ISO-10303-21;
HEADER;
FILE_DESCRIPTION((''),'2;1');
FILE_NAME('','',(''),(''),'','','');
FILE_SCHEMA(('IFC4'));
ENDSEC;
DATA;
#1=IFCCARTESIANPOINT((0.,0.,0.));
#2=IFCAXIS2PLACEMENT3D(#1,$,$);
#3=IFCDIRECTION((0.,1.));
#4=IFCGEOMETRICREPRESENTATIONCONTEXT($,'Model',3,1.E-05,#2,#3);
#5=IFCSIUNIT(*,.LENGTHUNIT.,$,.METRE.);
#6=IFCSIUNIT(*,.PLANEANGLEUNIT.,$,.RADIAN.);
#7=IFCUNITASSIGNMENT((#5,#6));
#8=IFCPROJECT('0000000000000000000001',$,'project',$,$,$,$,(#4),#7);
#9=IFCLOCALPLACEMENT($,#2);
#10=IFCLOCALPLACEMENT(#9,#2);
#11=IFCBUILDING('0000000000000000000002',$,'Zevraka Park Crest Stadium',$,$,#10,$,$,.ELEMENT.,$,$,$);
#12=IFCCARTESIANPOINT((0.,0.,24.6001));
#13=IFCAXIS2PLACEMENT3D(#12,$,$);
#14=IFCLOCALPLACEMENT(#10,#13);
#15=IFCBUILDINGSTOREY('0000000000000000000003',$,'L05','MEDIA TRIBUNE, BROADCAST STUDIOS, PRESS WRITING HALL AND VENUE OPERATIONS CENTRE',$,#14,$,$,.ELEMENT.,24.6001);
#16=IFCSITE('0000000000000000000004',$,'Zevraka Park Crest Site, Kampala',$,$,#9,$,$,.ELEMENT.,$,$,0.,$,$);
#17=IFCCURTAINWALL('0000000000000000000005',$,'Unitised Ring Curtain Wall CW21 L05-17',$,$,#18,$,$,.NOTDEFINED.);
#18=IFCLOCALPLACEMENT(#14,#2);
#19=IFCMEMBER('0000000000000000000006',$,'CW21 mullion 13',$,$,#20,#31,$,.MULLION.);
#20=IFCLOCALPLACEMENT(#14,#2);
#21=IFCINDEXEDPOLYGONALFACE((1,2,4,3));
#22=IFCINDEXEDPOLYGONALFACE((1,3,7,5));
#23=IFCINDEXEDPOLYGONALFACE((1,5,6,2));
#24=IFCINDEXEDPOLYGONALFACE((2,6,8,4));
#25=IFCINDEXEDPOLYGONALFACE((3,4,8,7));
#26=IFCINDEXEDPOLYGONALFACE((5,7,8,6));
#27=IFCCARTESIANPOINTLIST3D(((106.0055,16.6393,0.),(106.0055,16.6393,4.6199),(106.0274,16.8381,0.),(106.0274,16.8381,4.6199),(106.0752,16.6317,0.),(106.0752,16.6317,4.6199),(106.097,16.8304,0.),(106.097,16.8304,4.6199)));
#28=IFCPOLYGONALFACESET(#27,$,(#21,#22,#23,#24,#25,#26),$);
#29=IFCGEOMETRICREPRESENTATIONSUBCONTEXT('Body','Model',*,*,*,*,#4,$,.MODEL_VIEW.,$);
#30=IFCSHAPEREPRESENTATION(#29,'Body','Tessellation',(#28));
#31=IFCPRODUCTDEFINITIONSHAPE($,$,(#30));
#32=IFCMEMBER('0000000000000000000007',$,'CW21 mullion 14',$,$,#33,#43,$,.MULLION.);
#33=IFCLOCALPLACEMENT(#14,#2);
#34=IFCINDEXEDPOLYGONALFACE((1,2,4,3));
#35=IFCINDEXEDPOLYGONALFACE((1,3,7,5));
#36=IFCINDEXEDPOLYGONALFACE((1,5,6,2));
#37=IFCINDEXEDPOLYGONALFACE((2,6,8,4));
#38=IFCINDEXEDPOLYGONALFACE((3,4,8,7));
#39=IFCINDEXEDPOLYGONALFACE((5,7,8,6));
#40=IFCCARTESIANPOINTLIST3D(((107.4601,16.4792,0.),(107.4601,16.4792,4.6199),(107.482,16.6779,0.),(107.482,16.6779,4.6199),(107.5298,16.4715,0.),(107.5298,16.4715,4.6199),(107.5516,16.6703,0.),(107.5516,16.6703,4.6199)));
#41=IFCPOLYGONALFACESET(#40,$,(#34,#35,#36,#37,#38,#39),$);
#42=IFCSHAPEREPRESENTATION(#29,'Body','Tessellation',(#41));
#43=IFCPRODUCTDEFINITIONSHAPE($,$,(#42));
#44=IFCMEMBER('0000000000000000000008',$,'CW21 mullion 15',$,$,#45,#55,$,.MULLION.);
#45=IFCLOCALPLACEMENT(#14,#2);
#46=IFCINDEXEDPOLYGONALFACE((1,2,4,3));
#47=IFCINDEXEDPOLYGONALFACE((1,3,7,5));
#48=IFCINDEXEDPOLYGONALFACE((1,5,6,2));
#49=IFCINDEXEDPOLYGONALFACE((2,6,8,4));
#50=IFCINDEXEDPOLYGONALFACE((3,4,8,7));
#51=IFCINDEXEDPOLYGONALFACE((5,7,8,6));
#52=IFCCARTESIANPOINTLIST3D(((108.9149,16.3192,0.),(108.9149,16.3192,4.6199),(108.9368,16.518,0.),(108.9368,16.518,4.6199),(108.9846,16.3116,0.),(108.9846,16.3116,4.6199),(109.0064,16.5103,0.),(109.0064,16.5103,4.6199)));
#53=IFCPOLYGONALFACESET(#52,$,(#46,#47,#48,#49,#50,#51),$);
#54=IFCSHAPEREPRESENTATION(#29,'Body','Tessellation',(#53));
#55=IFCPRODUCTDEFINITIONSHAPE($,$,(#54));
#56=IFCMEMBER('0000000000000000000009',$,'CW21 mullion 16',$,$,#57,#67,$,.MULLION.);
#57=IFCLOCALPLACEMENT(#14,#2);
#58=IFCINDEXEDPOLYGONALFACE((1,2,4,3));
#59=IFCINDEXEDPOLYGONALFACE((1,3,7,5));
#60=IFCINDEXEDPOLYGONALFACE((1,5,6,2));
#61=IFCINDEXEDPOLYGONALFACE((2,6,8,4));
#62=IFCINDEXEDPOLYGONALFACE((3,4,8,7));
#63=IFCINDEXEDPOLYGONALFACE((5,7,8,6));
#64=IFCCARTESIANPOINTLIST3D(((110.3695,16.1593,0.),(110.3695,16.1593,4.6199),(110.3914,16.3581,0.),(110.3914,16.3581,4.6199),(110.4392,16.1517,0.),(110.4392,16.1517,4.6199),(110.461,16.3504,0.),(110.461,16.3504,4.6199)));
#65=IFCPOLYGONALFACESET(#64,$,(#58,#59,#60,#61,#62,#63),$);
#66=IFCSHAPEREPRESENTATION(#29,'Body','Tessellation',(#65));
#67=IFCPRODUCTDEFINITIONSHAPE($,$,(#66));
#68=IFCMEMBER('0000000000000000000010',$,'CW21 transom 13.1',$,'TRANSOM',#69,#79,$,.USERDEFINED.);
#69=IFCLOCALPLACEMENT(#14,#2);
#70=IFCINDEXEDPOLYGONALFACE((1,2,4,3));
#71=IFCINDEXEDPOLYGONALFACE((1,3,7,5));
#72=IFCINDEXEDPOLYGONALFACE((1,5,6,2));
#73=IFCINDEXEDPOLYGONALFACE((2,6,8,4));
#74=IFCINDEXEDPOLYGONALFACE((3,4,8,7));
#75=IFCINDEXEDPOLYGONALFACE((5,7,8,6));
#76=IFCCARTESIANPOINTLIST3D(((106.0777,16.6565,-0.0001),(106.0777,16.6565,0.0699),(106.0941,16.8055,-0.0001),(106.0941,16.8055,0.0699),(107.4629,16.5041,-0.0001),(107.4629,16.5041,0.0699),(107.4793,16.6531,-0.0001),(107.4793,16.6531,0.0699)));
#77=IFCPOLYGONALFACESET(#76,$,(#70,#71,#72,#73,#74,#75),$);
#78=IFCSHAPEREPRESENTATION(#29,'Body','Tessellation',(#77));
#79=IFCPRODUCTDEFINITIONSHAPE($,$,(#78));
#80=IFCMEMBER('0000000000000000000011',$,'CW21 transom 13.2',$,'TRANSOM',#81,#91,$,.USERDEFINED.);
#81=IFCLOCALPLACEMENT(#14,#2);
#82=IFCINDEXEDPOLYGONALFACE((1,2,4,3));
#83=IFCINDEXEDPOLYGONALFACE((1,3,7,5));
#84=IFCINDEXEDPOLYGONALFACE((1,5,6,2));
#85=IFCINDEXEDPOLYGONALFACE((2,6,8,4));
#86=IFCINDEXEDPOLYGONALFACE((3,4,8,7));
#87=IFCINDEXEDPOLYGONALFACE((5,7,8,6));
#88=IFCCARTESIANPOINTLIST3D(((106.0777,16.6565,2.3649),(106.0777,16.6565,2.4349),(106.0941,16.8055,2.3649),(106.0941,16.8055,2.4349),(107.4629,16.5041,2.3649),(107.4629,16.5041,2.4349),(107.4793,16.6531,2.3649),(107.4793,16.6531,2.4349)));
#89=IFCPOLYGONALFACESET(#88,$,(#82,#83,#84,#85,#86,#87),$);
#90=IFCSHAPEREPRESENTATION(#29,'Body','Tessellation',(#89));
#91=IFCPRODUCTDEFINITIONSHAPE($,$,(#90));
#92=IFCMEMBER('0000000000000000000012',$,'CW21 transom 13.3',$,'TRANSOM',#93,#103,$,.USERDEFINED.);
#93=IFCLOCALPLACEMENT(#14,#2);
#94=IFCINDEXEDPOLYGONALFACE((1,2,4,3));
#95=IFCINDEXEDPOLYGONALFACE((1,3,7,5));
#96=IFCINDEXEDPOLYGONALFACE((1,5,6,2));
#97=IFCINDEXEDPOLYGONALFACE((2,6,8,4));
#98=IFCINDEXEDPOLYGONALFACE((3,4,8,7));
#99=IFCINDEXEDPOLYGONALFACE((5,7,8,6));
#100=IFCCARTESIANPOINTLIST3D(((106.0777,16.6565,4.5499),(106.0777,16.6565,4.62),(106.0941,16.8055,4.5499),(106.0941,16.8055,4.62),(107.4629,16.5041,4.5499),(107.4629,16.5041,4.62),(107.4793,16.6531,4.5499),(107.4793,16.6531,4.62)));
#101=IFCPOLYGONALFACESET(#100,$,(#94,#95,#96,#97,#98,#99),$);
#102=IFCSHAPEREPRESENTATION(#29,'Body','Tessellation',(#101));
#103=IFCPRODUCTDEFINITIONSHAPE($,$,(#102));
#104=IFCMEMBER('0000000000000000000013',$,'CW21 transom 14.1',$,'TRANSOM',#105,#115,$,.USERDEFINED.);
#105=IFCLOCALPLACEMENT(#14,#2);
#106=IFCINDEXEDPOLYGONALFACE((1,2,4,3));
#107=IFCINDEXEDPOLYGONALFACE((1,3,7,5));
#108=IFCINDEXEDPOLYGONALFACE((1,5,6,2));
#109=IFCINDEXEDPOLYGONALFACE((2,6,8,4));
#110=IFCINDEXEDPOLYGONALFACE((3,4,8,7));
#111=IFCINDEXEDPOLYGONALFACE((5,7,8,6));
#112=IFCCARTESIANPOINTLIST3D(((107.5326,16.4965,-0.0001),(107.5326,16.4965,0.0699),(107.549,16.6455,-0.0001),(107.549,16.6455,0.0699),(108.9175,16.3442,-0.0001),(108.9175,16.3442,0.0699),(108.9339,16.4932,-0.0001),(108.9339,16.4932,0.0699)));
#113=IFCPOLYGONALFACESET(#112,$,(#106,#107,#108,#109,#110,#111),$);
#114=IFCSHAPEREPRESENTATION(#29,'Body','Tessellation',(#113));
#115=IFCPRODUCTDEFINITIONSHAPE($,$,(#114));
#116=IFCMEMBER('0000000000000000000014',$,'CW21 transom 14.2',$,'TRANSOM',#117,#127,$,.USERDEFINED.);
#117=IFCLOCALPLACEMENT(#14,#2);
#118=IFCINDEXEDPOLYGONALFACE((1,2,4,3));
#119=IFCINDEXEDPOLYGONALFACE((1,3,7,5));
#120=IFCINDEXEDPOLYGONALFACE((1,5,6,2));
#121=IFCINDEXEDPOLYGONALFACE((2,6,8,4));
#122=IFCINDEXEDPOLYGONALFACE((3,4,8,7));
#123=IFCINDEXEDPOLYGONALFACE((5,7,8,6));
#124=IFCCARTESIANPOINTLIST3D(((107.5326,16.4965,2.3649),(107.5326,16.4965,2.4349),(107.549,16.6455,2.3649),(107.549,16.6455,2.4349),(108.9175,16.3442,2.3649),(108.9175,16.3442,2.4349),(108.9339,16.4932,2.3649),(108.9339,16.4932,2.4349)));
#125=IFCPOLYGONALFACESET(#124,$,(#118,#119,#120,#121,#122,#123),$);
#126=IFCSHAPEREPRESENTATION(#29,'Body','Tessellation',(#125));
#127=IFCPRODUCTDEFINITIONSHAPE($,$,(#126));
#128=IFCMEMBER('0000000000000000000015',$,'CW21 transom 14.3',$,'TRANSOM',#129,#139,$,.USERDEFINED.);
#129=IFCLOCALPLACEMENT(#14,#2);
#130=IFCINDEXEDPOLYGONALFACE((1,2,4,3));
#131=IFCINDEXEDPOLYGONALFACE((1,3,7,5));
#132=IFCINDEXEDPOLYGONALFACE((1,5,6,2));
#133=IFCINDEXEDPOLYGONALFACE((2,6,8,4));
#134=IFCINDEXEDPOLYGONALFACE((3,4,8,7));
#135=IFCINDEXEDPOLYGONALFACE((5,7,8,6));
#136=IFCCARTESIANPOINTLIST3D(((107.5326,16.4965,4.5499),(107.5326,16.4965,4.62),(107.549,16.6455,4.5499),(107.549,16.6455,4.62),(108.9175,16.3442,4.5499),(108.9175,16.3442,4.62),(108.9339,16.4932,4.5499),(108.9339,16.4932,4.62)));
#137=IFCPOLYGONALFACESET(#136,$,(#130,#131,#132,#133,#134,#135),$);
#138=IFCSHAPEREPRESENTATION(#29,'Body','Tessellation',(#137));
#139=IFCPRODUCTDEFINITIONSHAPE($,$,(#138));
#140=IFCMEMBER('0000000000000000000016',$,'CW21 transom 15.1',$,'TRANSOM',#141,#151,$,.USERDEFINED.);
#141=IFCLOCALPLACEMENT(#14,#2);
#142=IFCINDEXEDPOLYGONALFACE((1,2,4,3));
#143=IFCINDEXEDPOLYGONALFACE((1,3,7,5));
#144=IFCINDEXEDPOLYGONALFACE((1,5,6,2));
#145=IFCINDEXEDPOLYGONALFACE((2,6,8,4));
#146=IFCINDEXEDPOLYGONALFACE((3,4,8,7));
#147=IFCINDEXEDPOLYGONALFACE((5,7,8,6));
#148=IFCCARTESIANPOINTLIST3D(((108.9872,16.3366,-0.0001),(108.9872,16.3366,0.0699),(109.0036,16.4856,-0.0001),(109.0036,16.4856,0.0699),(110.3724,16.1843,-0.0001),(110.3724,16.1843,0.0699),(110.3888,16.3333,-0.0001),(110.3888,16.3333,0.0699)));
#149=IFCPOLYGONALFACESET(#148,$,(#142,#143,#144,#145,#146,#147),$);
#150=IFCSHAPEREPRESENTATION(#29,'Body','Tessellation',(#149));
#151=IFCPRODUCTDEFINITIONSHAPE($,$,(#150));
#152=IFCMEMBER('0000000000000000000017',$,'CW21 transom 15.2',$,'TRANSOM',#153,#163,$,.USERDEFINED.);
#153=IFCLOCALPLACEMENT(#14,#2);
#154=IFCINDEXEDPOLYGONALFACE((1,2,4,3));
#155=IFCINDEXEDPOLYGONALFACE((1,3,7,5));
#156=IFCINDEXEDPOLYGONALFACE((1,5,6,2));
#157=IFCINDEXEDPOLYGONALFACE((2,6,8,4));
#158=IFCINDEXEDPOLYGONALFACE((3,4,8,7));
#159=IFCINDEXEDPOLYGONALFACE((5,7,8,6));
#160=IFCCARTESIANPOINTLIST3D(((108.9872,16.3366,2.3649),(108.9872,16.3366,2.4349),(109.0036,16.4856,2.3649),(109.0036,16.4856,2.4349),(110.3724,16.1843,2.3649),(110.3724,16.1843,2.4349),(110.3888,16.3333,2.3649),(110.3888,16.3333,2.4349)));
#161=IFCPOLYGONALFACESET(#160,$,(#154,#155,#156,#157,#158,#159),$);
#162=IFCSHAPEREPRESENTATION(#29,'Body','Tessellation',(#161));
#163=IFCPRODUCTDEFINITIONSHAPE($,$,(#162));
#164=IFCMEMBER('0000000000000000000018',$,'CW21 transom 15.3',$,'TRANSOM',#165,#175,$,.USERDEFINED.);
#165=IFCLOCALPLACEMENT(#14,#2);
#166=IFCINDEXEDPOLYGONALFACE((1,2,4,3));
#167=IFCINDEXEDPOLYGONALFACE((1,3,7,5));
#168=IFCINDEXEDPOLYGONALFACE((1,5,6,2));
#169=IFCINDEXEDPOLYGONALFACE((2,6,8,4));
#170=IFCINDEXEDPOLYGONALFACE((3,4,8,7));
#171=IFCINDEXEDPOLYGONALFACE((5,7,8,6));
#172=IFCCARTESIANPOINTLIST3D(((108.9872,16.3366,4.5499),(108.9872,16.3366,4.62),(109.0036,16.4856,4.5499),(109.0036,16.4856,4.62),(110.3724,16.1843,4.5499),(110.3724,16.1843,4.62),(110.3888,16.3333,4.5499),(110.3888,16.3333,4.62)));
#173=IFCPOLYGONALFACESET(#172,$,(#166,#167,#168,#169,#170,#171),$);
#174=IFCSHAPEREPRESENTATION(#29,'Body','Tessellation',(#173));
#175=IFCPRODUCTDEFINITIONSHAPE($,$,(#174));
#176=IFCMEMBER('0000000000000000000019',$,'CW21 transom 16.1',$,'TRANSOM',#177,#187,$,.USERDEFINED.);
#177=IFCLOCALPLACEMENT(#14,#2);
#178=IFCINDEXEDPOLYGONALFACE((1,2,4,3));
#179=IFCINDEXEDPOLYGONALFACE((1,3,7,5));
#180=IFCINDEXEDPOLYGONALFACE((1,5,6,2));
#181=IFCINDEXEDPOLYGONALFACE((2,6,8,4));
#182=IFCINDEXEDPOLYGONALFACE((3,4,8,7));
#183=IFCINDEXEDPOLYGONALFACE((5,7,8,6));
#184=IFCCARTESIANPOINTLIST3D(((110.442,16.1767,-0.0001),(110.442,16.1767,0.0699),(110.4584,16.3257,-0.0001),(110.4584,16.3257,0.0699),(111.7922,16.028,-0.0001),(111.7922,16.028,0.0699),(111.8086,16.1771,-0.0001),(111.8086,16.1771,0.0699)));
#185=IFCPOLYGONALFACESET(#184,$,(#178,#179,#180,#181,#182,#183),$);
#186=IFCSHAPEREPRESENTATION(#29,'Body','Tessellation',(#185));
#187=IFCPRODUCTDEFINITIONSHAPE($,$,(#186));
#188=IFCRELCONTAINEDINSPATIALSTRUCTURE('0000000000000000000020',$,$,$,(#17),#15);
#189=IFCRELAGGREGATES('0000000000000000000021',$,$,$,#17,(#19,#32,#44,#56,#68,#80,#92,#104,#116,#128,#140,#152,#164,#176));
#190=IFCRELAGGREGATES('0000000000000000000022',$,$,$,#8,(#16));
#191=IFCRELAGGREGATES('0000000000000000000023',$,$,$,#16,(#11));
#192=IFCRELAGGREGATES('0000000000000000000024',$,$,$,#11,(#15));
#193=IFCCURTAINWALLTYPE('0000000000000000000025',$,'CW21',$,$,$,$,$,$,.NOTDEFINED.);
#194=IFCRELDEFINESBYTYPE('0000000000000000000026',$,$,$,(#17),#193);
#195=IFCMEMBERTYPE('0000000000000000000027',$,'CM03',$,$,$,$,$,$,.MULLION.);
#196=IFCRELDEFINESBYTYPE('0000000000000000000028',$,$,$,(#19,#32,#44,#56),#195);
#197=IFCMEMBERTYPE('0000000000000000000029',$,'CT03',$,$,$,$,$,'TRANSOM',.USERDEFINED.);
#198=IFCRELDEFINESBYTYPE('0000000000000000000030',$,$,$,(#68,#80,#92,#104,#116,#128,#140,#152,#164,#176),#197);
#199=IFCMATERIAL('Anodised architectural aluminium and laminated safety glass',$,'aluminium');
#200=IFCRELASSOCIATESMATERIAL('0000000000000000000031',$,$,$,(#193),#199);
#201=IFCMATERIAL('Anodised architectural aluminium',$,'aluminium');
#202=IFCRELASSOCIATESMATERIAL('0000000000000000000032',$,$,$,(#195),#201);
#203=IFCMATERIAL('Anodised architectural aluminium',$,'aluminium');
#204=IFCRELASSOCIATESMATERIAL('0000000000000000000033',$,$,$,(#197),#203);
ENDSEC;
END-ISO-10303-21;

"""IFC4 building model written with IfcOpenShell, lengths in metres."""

from ifc_helpers import new_model, si_unit, direction, frame, origin, origin_2d, place, context, subcontext, project, spatial, rectangle, extrude, material, material_profile, profile_set, type_object, element, aggregate, save


model = new_model("IFC4")

# Units and contexts
model_context = context("Model", 3, precision=1e-05, world=origin(), true_north=direction((0.0, 1.0)))
body_context = subcontext(model_context, "Body", "Model", "MODEL_VIEW")
ifc_project = project(units=[si_unit("LENGTHUNIT", "METRE"), si_unit("PLANEANGLEUNIT", "RADIAN")], contexts=[model_context])

# Site, building, storey
site_placement = place(None, origin())
site = spatial("IfcSite", under=ifc_project, at=site_placement, Name="Zevraka Park Crest Site, Kampala", CompositionType="ELEMENT", RefElevation=0.0)
building_placement = place(site_placement, origin())
building = spatial("IfcBuilding", under=site, at=building_placement, Name="Zevraka Park Crest Stadium", CompositionType="ELEMENT")
storey_placement = place(building_placement, frame((0.0, 0.0, 24.6001)))
storey = spatial("IfcBuildingStorey", under=building, at=storey_placement, Name="L05", Description="MEDIA TRIBUNE, BROADCAST STUDIOS, PRESS WRITING HALL AND VENUE OPERATIONS CENTRE", CompositionType="ELEMENT", Elevation=24.6001)

# Curtain wall, members
ifc_material_1 = material(Name="Anodised architectural aluminium and laminated safety glass", Category="aluminium")
curtain_wall_type = type_object("IfcCurtainWallType", Name="CW21", PredefinedType="NOTDEFINED", material=ifc_material_1)
curtain_wall_placement = place(storey_placement, origin())
curtain_wall = element("IfcCurtainWall", 1, at=curtain_wall_placement, inside=storey, type_object=curtain_wall_type, Name="Unitised Ring Curtain Wall CW21 L05-17", PredefinedType="NOTDEFINED")
ifc_material_2 = material(Name="Anodised architectural aluminium", Category="aluminium")
ifc_material_profile_1 = material_profile(ifc_material_2, rectangle(XDim=0.2, YDim=0.0701, at=origin_2d()), Name="ALU MULLION 200x70")
ifc_profile_set_1 = profile_set([ifc_material_profile_1], Name="Anodised architectural aluminium")
member_type_1 = type_object("IfcMemberType", Name="CM03", PredefinedType="MULLION", material=ifc_profile_set_1)
member_1_placement = place(storey_placement, frame((106.0513, 16.7349, 0.0), z_axis=(0.0, 0.0, 1.0), x_axis=(0.109288, 0.99401, 0.0)))
member_1 = element("IfcMember", 2, at=member_1_placement, type_object=member_type_1, Name="CW21 mullion 13", PredefinedType="MULLION", context=body_context, shape_type="SweptSolid", body=[
    extrude(rectangle(XDim=0.2, YDim=0.0701, at=origin_2d()), origin(), (0.0, 0.0, 1.0), 4.6199),
])
member_2_placement = place(storey_placement, frame((107.5059, 16.5747, 0.0), z_axis=(0.0, 0.0, 1.0), x_axis=(0.109288, 0.99401, 0.0)))
member_2 = element("IfcMember", 3, at=member_2_placement, type_object=member_type_1, Name="CW21 mullion 14", PredefinedType="MULLION", context=body_context, shape_type="SweptSolid", body=[
    extrude(rectangle(XDim=0.2, YDim=0.0701, at=origin_2d()), origin(), (0.0, 0.0, 1.0), 4.6199),
])
member_3_placement = place(storey_placement, frame((108.9607, 16.4148, 0.0), z_axis=(0.0, 0.0, 1.0), x_axis=(0.109288, 0.99401, 0.0)))
member_3 = element("IfcMember", 4, at=member_3_placement, type_object=member_type_1, Name="CW21 mullion 15", PredefinedType="MULLION", context=body_context, shape_type="SweptSolid", body=[
    extrude(rectangle(XDim=0.2, YDim=0.0701, at=origin_2d()), origin(), (0.0, 0.0, 1.0), 4.6199),
])
member_4_placement = place(storey_placement, frame((110.4153, 16.2549, 0.0), z_axis=(0.0, 0.0, 1.0), x_axis=(0.109288, 0.99401, 0.0)))
member_4 = element("IfcMember", 5, at=member_4_placement, type_object=member_type_1, Name="CW21 mullion 16", PredefinedType="MULLION", context=body_context, shape_type="SweptSolid", body=[
    extrude(rectangle(XDim=0.2, YDim=0.0701, at=origin_2d()), origin(), (0.0, 0.0, 1.0), 4.6199),
])
ifc_material_3 = material(Name="Anodised architectural aluminium", Category="aluminium")
ifc_material_profile_2 = material_profile(ifc_material_3, rectangle(XDim=0.1499, YDim=0.0701, at=origin_2d()), Name="ALU TRANSOM 150x70")
ifc_profile_set_2 = profile_set([ifc_material_profile_2], Name="Anodised architectural aluminium")
member_type_2 = type_object("IfcMemberType", Name="CT03", ElementType="TRANSOM", PredefinedType="USERDEFINED", material=ifc_profile_set_2)
member_5_placement = place(storey_placement, frame((106.0859, 16.731, 0.0349), z_axis=(0.994007, -0.109316, 0.0), x_axis=(0.109316, 0.994007, 0.0)))
member_5 = element("IfcMember", 6, at=member_5_placement, type_object=member_type_2, Name="CW21 transom 13.1", ObjectType="TRANSOM", PredefinedType="USERDEFINED", context=body_context, shape_type="SweptSolid", body=[
    extrude(rectangle(XDim=0.1499, YDim=0.0701, at=origin_2d()), origin(), (0.0, 0.0, 1.0), 1.3936),
])
member_6_placement = place(storey_placement, frame((106.0859, 16.731, 2.3999), z_axis=(0.994007, -0.109316, 0.0), x_axis=(0.109316, 0.994007, 0.0)))
member_6 = element("IfcMember", 7, at=member_6_placement, type_object=member_type_2, Name="CW21 transom 13.2", ObjectType="TRANSOM", PredefinedType="USERDEFINED", context=body_context, shape_type="SweptSolid", body=[
    extrude(rectangle(XDim=0.1499, YDim=0.0701, at=origin_2d()), origin(), (0.0, 0.0, 1.0), 1.3936),
])
member_7_placement = place(storey_placement, frame((106.0859, 16.731, 4.585), z_axis=(0.994007, -0.109316, 0.0), x_axis=(0.109316, 0.994007, 0.0)))
member_7 = element("IfcMember", 8, at=member_7_placement, type_object=member_type_2, Name="CW21 transom 13.3", ObjectType="TRANSOM", PredefinedType="USERDEFINED", context=body_context, shape_type="SweptSolid", body=[
    extrude(rectangle(XDim=0.1499, YDim=0.0701, at=origin_2d()), origin(), (0.0, 0.0, 1.0), 1.3936),
])
member_8_placement = place(storey_placement, frame((107.5408, 16.571, 0.0349), z_axis=(0.994005, -0.109335, 0.0), x_axis=(0.109335, 0.994005, 0.0)))
member_8 = element("IfcMember", 9, at=member_8_placement, type_object=member_type_2, Name="CW21 transom 14.1", ObjectType="TRANSOM", PredefinedType="USERDEFINED", context=body_context, shape_type="SweptSolid", body=[
    extrude(rectangle(XDim=0.1499, YDim=0.0701, at=origin_2d()), origin(), (0.0, 0.0, 1.0), 1.3933),
])
member_9_placement = place(storey_placement, frame((107.5408, 16.571, 2.3999), z_axis=(0.994005, -0.109335, 0.0), x_axis=(0.109335, 0.994005, 0.0)))
member_9 = element("IfcMember", 10, at=member_9_placement, type_object=member_type_2, Name="CW21 transom 14.2", ObjectType="TRANSOM", PredefinedType="USERDEFINED", context=body_context, shape_type="SweptSolid", body=[
    extrude(rectangle(XDim=0.1499, YDim=0.0701, at=origin_2d()), origin(), (0.0, 0.0, 1.0), 1.3933),
])
member_10_placement = place(storey_placement, frame((107.5408, 16.571, 4.585), z_axis=(0.994005, -0.109335, 0.0), x_axis=(0.109335, 0.994005, 0.0)))
member_10 = element("IfcMember", 11, at=member_10_placement, type_object=member_type_2, Name="CW21 transom 14.3", ObjectType="TRANSOM", PredefinedType="USERDEFINED", context=body_context, shape_type="SweptSolid", body=[
    extrude(rectangle(XDim=0.1499, YDim=0.0701, at=origin_2d()), origin(), (0.0, 0.0, 1.0), 1.3933),
])
member_11_placement = place(storey_placement, frame((108.9954, 16.4111, 0.0349), z_axis=(0.994007, -0.109316, 0.0), x_axis=(0.109316, 0.994007, 0.0)))
member_11 = element("IfcMember", 12, at=member_11_placement, type_object=member_type_2, Name="CW21 transom 15.1", ObjectType="TRANSOM", PredefinedType="USERDEFINED", context=body_context, shape_type="SweptSolid", body=[
    extrude(rectangle(XDim=0.1499, YDim=0.0701, at=origin_2d()), origin(), (0.0, 0.0, 1.0), 1.3936),
])
member_12_placement = place(storey_placement, frame((108.9954, 16.4111, 2.3999), z_axis=(0.994007, -0.109316, 0.0), x_axis=(0.109316, 0.994007, 0.0)))
member_12 = element("IfcMember", 13, at=member_12_placement, type_object=member_type_2, Name="CW21 transom 15.2", ObjectType="TRANSOM", PredefinedType="USERDEFINED", context=body_context, shape_type="SweptSolid", body=[
    extrude(rectangle(XDim=0.1499, YDim=0.0701, at=origin_2d()), origin(), (0.0, 0.0, 1.0), 1.3936),
])
member_13_placement = place(storey_placement, frame((108.9954, 16.4111, 4.585), z_axis=(0.994007, -0.109316, 0.0), x_axis=(0.109316, 0.994007, 0.0)))
member_13 = element("IfcMember", 14, at=member_13_placement, type_object=member_type_2, Name="CW21 transom 15.3", ObjectType="TRANSOM", PredefinedType="USERDEFINED", context=body_context, shape_type="SweptSolid", body=[
    extrude(rectangle(XDim=0.1499, YDim=0.0701, at=origin_2d()), origin(), (0.0, 0.0, 1.0), 1.3936),
])
member_14_placement = place(storey_placement, frame((110.4502, 16.2512, 0.0349), z_axis=(0.993993, -0.109445, 0.0), x_axis=(0.109445, 0.993993, 0.0)))
member_14 = element("IfcMember", 15, at=member_14_placement, type_object=member_type_2, Name="CW21 transom 16.1", ObjectType="TRANSOM", PredefinedType="USERDEFINED", context=body_context, shape_type="SweptSolid", body=[
    extrude(rectangle(XDim=0.1499, YDim=0.0701, at=origin_2d()), origin(), (0.0, 0.0, 1.0), 1.3584),
])
aggregate(curtain_wall, [member_1, member_2, member_3, member_4, member_5, member_6, member_7, member_8, member_9, member_10, member_11, member_12, member_13, member_14])

save(model, "model.ifc")
